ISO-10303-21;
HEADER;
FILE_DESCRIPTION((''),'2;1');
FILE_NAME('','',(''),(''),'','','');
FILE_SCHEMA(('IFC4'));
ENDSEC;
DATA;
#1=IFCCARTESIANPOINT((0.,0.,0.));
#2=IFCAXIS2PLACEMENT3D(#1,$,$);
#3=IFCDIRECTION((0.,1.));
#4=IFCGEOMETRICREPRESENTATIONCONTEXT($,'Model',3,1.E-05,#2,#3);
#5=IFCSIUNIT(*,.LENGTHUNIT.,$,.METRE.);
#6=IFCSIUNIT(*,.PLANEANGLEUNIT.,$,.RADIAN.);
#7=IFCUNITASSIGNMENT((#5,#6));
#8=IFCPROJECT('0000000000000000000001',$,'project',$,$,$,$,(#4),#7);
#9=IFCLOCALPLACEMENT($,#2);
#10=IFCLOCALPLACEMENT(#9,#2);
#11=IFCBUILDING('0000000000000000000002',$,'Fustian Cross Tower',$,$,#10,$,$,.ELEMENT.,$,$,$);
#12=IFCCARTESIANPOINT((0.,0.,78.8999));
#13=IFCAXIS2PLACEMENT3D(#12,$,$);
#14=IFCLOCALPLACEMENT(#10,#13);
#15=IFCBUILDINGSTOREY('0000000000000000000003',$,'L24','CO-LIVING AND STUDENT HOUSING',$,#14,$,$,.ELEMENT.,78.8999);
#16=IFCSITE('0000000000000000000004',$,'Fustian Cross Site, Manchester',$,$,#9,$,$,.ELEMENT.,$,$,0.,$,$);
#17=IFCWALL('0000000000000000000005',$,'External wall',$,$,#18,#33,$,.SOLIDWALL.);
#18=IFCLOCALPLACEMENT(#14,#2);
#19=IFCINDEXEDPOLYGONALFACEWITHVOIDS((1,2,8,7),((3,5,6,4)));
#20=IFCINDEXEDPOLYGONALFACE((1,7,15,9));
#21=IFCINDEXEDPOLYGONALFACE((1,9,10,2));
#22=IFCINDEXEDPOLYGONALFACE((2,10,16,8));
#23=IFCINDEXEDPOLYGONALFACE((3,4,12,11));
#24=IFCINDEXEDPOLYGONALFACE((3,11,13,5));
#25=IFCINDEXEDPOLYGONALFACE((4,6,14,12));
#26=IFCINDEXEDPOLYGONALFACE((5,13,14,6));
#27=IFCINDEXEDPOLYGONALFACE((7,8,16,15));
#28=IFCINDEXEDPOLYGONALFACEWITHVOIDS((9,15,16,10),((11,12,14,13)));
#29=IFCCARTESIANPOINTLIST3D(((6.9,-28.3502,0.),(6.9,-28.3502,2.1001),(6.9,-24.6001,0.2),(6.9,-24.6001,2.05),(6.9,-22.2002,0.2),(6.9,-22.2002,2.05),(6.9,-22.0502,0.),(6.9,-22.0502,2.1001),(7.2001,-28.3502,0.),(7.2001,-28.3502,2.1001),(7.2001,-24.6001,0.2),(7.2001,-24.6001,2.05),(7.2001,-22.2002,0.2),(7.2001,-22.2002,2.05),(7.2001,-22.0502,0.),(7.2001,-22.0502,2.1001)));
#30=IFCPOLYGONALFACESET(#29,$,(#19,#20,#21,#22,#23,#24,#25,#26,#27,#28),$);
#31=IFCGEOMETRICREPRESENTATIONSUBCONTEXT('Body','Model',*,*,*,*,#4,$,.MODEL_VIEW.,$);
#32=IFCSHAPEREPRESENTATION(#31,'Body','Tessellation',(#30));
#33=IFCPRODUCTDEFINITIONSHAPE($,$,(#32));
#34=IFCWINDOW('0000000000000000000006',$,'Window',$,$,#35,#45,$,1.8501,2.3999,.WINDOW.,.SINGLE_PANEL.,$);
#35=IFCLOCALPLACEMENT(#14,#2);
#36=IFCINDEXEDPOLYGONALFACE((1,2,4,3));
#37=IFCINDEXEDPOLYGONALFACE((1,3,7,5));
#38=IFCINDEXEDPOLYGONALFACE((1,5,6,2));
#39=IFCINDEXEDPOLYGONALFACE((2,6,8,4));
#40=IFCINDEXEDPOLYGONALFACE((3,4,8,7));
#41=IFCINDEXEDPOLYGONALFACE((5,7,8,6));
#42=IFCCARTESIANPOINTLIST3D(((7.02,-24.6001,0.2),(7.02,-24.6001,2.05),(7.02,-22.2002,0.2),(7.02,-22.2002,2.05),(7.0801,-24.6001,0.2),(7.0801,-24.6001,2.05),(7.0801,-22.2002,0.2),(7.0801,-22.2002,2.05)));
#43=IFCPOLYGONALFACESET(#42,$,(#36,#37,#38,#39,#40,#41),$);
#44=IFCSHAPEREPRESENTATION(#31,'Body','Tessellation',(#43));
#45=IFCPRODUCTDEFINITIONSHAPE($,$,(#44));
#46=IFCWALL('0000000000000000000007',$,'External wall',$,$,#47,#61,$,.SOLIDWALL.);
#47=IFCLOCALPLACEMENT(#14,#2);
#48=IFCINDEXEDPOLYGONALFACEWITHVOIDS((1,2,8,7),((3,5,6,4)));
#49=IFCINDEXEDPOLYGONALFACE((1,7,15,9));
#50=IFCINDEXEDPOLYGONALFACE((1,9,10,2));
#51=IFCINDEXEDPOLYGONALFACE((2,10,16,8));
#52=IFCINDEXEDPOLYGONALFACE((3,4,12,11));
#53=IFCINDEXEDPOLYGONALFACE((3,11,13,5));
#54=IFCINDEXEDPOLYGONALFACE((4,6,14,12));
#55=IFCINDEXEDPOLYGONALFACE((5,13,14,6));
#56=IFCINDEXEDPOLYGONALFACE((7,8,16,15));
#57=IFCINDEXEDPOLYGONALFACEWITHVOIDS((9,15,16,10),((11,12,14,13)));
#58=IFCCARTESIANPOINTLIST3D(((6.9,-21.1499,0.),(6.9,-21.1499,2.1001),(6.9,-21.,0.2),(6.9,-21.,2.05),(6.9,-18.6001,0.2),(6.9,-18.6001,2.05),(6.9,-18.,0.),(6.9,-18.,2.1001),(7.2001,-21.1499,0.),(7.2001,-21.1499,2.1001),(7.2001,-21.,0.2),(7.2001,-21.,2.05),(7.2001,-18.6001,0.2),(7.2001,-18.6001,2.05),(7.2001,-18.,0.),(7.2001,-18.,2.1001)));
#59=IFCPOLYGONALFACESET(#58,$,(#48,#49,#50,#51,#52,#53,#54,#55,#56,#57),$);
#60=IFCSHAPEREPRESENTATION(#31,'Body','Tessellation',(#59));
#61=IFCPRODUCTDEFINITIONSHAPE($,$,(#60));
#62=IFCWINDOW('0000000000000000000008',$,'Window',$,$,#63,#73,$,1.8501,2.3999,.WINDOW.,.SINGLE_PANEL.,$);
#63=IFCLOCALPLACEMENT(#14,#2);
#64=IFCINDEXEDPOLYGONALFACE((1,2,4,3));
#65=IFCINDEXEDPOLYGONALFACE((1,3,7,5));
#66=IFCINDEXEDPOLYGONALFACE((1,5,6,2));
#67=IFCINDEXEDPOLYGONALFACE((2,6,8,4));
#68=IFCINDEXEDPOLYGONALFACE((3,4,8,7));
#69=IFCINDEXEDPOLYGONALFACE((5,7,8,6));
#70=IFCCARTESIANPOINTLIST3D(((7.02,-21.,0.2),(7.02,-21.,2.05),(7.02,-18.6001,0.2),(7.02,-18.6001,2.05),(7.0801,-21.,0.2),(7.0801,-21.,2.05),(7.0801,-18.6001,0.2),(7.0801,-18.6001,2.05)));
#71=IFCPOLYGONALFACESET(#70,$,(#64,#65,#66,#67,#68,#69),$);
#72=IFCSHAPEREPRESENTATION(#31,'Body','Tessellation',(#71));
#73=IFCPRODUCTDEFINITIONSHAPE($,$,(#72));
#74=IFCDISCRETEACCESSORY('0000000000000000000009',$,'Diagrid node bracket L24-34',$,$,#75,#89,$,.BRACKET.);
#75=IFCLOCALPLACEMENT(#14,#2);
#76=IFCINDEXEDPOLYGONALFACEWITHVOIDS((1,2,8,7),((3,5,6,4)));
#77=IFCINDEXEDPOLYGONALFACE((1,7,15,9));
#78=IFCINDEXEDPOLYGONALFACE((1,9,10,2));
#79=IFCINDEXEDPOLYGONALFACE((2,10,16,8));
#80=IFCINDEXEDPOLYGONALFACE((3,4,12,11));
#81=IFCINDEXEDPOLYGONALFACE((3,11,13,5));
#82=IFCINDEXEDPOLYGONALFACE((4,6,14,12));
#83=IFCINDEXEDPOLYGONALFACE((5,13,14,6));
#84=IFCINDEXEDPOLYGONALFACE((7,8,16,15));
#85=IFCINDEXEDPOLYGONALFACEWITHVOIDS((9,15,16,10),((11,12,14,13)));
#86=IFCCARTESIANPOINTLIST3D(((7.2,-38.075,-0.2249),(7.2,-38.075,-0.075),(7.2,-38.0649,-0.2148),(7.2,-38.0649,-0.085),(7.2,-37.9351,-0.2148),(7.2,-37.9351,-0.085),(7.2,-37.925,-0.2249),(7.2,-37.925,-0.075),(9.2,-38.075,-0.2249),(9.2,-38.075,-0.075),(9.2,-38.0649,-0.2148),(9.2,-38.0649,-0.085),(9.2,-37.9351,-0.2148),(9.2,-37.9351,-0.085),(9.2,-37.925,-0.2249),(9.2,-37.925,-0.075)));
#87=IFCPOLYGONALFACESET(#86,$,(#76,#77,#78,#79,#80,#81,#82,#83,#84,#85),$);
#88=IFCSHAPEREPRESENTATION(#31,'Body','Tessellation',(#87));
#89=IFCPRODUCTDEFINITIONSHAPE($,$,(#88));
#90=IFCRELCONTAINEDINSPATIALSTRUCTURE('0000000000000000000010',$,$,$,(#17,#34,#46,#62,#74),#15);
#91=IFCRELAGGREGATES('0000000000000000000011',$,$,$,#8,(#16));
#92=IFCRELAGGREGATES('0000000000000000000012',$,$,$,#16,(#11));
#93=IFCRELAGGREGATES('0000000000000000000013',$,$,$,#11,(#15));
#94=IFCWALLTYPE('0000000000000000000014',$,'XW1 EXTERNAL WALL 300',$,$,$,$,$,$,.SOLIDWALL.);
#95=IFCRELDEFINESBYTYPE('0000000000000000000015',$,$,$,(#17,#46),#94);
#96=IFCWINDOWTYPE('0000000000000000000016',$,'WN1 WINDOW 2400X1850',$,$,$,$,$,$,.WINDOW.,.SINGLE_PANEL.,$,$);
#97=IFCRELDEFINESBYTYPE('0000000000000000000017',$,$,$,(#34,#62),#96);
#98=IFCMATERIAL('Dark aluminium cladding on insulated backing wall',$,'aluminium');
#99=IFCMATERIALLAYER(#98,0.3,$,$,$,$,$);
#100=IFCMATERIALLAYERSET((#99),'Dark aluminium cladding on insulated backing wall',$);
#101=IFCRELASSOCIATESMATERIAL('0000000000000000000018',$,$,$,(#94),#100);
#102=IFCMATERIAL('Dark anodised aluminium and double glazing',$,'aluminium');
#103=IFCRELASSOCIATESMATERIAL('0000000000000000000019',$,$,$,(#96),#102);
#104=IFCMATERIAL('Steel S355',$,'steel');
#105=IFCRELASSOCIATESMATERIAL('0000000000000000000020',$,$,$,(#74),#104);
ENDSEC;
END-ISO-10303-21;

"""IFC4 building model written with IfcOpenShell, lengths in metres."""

from ifc_helpers import new_model, si_unit, direction, frame, frame_2d, origin, origin_2d, place, context, subcontext, project, spatial, rectangle, hollow_rectangle, extrude, material, layer, layer_set, type_object, element, fill, save


model = new_model("IFC4")

# Units and contexts
model_context = context("Model", 3, precision=1e-05, world=origin(), true_north=direction((0.0, 1.0)))
body_context = subcontext(model_context, "Body", "Model", "MODEL_VIEW")
ifc_project = project(units=[si_unit("LENGTHUNIT", "METRE"), si_unit("PLANEANGLEUNIT", "RADIAN")], contexts=[model_context])

# Site, building, storey
site_placement = place(None, origin())
site = spatial("IfcSite", under=ifc_project, at=site_placement, Name="Fustian Cross Site, Manchester", CompositionType="ELEMENT", RefElevation=0.0)
building_placement = place(site_placement, origin())
building = spatial("IfcBuilding", under=site, at=building_placement, Name="Fustian Cross Tower", CompositionType="ELEMENT")
storey_placement = place(building_placement, frame((0.0, 0.0, 78.8999)))
storey = spatial("IfcBuildingStorey", under=building, at=storey_placement, Name="L24", Description="CO-LIVING AND STUDENT HOUSING", CompositionType="ELEMENT", Elevation=78.8999)

# Walls, openings, windows
ifc_material_1 = material(Name="Dark aluminium cladding on insulated backing wall", Category="aluminium")
ifc_layer_1 = layer(ifc_material_1, 0.3)
ifc_layer_set_1 = layer_set([ifc_layer_1], Name="Dark aluminium cladding on insulated backing wall")
wall_type_1 = type_object("IfcWallType", Name="XW1 EXTERNAL WALL 300", PredefinedType="SOLIDWALL", material=ifc_layer_set_1)
ifc_material_2 = material(Name="Dark anodised aluminium and double glazing", Category="aluminium")
window_type = type_object("IfcWindowType", Name="WN1 WINDOW 2400X1850", PartitioningType="SINGLE_PANEL", PredefinedType="WINDOW", material=ifc_material_2)
wall_1_placement = place(storey_placement, frame((7.05, -28.3501, 0.0), z_axis=(0.0, 0.0, 1.0), x_axis=(0.0, 1.0, 0.0)))
wall_1 = element("IfcWall", 1, at=wall_1_placement, inside=storey, type_object=wall_type_1, Name="External wall", PredefinedType="SOLIDWALL", context=body_context, shape_type="SweptSolid", body=[
    extrude(rectangle(XDim=6.3, YDim=0.3, at=frame_2d((3.1499, 0.0))), origin(), (0.0, 0.0, 1.0), 2.1001),
])
opening_1_placement = place(wall_1_placement, frame((3.75, 0.0, 0.2)))
opening_1 = element("IfcOpeningElement", 2, at=opening_1_placement, cuts=wall_1, PredefinedType="OPENING", context=body_context, shape_type="SweptSolid", body=[
    extrude(rectangle(XDim=2.3999, YDim=1.8501, at=frame_2d((1.2, 0.925))), frame((0.0, 0.1599, 0.0), z_axis=(0.0, -1.0, 0.0), x_axis=(1.0, 0.0, 0.0)), (0.0, 0.0, 1.0), 0.3201),
])
window_1_placement = place(opening_1_placement, origin())
window_1 = element("IfcWindow", 3, at=window_1_placement, inside=storey, type_object=window_type, Name="Window", OverallHeight=1.8501, OverallWidth=2.3999, PartitioningType="SINGLE_PANEL", PredefinedType="WINDOW", context=body_context, shape_type="SweptSolid", body=[
    extrude(rectangle(XDim=2.3999, YDim=1.8501, at=frame_2d((1.2, 0.925))), frame((0.0, 0.03, 0.0), z_axis=(0.0, -1.0, 0.0), x_axis=(1.0, 0.0, 0.0)), (0.0, 0.0, 1.0), 0.0601),
])
fill(opening_1, window_1)
wall_2_placement = place(storey_placement, frame((7.05, -21.1499, 0.0), z_axis=(0.0, 0.0, 1.0), x_axis=(0.0, 1.0, 0.0)))
wall_2 = element("IfcWall", 4, at=wall_2_placement, inside=storey, type_object=wall_type_1, Name="External wall", PredefinedType="SOLIDWALL", context=body_context, shape_type="SweptSolid", body=[
    extrude(rectangle(XDim=3.1499, YDim=0.3, at=frame_2d((1.575, 0.0))), origin(), (0.0, 0.0, 1.0), 2.1001),
])
opening_2_placement = place(wall_2_placement, frame((0.1499, 0.0, 0.2)))
opening_2 = element("IfcOpeningElement", 5, at=opening_2_placement, cuts=wall_2, PredefinedType="OPENING", context=body_context, shape_type="SweptSolid", body=[
    extrude(rectangle(XDim=2.3999, YDim=1.8501, at=frame_2d((1.2, 0.925))), frame((0.0, 0.1599, 0.0), z_axis=(0.0, -1.0, 0.0), x_axis=(1.0, 0.0, 0.0)), (0.0, 0.0, 1.0), 0.3201),
])
window_2_placement = place(opening_2_placement, origin())
window_2 = element("IfcWindow", 6, at=window_2_placement, inside=storey, type_object=window_type, Name="Window", OverallHeight=1.8501, OverallWidth=2.3999, PartitioningType="SINGLE_PANEL", PredefinedType="WINDOW", context=body_context, shape_type="SweptSolid", body=[
    extrude(rectangle(XDim=2.3999, YDim=1.8501, at=frame_2d((1.2, 0.925))), frame((0.0, 0.03, 0.0), z_axis=(0.0, -1.0, 0.0), x_axis=(1.0, 0.0, 0.0)), (0.0, 0.0, 1.0), 0.0601),
])
fill(opening_2, window_2)

# Discrete accessory
ifc_material_3 = material(Name="Steel S355", Category="steel")
discrete_accessory_placement = place(storey_placement, frame((9.2, -38.0, -0.1499), z_axis=(-1.0, 0.0, 0.0), x_axis=(0.0, -1.0, 0.0)))
element("IfcDiscreteAccessory", 7, at=discrete_accessory_placement, inside=storey, material=ifc_material_3, Name="Diagrid node bracket L24-34", PredefinedType="BRACKET", context=body_context, shape_type="SweptSolid", body=[
    extrude(hollow_rectangle(XDim=0.1499, YDim=0.1499, WallThickness=0.01, at=origin_2d()), origin(), (0.0, 0.0, 1.0), 2.0),
])

save(model, "model.ifc")
